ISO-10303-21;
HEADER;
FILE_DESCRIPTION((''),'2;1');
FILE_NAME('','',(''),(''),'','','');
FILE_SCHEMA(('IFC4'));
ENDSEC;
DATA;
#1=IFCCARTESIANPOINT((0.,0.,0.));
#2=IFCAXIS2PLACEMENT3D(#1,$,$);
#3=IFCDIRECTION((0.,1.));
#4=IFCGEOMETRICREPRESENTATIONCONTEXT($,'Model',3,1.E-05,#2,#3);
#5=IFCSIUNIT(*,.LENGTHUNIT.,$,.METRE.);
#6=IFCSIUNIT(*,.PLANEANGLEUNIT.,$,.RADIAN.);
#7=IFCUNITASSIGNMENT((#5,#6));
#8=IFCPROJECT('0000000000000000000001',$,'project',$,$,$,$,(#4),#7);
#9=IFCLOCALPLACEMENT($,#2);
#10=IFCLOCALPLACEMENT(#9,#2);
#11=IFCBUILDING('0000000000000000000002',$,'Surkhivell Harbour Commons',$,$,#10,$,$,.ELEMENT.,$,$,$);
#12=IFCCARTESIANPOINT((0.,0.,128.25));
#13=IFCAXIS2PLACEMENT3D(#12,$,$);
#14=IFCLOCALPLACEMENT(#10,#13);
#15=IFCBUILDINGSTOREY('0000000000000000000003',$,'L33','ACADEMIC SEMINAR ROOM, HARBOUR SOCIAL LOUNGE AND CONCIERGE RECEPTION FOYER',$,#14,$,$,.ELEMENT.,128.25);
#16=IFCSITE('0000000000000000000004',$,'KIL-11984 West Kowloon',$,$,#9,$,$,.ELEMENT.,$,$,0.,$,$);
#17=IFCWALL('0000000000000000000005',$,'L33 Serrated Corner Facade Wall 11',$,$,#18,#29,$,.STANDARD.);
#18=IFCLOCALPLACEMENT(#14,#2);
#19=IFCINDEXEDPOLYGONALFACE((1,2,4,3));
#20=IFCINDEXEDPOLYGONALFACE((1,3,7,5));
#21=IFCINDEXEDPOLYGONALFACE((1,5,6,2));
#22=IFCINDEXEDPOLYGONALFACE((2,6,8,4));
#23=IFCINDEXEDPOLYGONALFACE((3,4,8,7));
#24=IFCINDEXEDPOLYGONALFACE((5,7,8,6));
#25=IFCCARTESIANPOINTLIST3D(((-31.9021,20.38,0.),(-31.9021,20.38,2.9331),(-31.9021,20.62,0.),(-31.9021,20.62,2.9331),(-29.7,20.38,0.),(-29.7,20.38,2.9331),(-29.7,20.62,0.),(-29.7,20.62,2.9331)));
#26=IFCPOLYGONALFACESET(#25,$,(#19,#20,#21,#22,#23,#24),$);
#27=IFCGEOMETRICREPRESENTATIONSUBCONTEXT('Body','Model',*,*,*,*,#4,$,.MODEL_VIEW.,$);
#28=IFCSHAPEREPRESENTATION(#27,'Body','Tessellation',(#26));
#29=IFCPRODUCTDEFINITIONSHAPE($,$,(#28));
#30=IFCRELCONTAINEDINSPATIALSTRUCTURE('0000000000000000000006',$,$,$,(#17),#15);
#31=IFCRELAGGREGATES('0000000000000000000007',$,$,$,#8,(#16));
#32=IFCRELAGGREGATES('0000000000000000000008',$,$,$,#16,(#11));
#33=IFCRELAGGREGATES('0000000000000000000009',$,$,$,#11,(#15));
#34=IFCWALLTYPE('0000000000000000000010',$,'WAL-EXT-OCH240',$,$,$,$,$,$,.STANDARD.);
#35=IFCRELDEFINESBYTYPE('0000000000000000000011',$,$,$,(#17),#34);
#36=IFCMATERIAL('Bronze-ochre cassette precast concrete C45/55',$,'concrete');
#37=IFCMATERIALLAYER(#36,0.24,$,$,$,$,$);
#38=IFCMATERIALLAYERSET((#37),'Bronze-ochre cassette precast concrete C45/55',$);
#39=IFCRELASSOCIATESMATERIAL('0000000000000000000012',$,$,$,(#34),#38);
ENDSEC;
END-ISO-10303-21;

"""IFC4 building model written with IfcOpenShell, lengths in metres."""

from ifc_helpers import new_model, si_unit, direction, frame, frame_2d, origin, place, context, subcontext, project, spatial, rectangle, extrude, material, layer, layer_set, type_object, element, save


model = new_model("IFC4")

# Units and contexts
model_context = context("Model", 3, precision=1e-05, world=origin(), true_north=direction((0.0, 1.0)))
body_context = subcontext(model_context, "Body", "Model", "MODEL_VIEW")
ifc_project = project(units=[si_unit("LENGTHUNIT", "METRE"), si_unit("PLANEANGLEUNIT", "RADIAN")], contexts=[model_context])

# Site, building, storey
site_placement = place(None, origin())
site = spatial("IfcSite", under=ifc_project, at=site_placement, Name="KIL-11984 West Kowloon", CompositionType="ELEMENT", RefElevation=0.0)
building_placement = place(site_placement, origin())
building = spatial("IfcBuilding", under=site, at=building_placement, Name="Surkhivell Harbour Commons", CompositionType="ELEMENT")
storey_placement = place(building_placement, frame((0.0, 0.0, 128.25)))
storey = spatial("IfcBuildingStorey", under=building, at=storey_placement, Name="L33", Description="ACADEMIC SEMINAR ROOM, HARBOUR SOCIAL LOUNGE AND CONCIERGE RECEPTION FOYER", CompositionType="ELEMENT", Elevation=128.25)

# Shared definitions
ifc_material_1 = material(Name="Bronze-ochre cassette precast concrete C45/55", Category="concrete")
ifc_layer_1 = layer(ifc_material_1, 0.24)
ifc_layer_set_1 = layer_set([ifc_layer_1], Name="Bronze-ochre cassette precast concrete C45/55")
wall_type = type_object("IfcWallType", Name="WAL-EXT-OCH240", PredefinedType="STANDARD", material=ifc_layer_set_1)

# Wall
wall_1_placement = place(storey_placement, frame((-29.7, 20.5, 0.0), z_axis=(0.0, 0.0, 1.0), x_axis=(-1.0, 0.0, 0.0)))
element("IfcWall", 1, at=wall_1_placement, inside=storey, type_object=wall_type, Name="L33 Serrated Corner Facade Wall 11", PredefinedType="STANDARD", context=body_context, shape_type="SweptSolid", body=[
    extrude(rectangle(XDim=2.2021, YDim=0.24, at=frame_2d((1.1011, 0.0))), origin(), (0.0, 0.0, 1.0), 2.9331),
])

save(model, "model.ifc")
